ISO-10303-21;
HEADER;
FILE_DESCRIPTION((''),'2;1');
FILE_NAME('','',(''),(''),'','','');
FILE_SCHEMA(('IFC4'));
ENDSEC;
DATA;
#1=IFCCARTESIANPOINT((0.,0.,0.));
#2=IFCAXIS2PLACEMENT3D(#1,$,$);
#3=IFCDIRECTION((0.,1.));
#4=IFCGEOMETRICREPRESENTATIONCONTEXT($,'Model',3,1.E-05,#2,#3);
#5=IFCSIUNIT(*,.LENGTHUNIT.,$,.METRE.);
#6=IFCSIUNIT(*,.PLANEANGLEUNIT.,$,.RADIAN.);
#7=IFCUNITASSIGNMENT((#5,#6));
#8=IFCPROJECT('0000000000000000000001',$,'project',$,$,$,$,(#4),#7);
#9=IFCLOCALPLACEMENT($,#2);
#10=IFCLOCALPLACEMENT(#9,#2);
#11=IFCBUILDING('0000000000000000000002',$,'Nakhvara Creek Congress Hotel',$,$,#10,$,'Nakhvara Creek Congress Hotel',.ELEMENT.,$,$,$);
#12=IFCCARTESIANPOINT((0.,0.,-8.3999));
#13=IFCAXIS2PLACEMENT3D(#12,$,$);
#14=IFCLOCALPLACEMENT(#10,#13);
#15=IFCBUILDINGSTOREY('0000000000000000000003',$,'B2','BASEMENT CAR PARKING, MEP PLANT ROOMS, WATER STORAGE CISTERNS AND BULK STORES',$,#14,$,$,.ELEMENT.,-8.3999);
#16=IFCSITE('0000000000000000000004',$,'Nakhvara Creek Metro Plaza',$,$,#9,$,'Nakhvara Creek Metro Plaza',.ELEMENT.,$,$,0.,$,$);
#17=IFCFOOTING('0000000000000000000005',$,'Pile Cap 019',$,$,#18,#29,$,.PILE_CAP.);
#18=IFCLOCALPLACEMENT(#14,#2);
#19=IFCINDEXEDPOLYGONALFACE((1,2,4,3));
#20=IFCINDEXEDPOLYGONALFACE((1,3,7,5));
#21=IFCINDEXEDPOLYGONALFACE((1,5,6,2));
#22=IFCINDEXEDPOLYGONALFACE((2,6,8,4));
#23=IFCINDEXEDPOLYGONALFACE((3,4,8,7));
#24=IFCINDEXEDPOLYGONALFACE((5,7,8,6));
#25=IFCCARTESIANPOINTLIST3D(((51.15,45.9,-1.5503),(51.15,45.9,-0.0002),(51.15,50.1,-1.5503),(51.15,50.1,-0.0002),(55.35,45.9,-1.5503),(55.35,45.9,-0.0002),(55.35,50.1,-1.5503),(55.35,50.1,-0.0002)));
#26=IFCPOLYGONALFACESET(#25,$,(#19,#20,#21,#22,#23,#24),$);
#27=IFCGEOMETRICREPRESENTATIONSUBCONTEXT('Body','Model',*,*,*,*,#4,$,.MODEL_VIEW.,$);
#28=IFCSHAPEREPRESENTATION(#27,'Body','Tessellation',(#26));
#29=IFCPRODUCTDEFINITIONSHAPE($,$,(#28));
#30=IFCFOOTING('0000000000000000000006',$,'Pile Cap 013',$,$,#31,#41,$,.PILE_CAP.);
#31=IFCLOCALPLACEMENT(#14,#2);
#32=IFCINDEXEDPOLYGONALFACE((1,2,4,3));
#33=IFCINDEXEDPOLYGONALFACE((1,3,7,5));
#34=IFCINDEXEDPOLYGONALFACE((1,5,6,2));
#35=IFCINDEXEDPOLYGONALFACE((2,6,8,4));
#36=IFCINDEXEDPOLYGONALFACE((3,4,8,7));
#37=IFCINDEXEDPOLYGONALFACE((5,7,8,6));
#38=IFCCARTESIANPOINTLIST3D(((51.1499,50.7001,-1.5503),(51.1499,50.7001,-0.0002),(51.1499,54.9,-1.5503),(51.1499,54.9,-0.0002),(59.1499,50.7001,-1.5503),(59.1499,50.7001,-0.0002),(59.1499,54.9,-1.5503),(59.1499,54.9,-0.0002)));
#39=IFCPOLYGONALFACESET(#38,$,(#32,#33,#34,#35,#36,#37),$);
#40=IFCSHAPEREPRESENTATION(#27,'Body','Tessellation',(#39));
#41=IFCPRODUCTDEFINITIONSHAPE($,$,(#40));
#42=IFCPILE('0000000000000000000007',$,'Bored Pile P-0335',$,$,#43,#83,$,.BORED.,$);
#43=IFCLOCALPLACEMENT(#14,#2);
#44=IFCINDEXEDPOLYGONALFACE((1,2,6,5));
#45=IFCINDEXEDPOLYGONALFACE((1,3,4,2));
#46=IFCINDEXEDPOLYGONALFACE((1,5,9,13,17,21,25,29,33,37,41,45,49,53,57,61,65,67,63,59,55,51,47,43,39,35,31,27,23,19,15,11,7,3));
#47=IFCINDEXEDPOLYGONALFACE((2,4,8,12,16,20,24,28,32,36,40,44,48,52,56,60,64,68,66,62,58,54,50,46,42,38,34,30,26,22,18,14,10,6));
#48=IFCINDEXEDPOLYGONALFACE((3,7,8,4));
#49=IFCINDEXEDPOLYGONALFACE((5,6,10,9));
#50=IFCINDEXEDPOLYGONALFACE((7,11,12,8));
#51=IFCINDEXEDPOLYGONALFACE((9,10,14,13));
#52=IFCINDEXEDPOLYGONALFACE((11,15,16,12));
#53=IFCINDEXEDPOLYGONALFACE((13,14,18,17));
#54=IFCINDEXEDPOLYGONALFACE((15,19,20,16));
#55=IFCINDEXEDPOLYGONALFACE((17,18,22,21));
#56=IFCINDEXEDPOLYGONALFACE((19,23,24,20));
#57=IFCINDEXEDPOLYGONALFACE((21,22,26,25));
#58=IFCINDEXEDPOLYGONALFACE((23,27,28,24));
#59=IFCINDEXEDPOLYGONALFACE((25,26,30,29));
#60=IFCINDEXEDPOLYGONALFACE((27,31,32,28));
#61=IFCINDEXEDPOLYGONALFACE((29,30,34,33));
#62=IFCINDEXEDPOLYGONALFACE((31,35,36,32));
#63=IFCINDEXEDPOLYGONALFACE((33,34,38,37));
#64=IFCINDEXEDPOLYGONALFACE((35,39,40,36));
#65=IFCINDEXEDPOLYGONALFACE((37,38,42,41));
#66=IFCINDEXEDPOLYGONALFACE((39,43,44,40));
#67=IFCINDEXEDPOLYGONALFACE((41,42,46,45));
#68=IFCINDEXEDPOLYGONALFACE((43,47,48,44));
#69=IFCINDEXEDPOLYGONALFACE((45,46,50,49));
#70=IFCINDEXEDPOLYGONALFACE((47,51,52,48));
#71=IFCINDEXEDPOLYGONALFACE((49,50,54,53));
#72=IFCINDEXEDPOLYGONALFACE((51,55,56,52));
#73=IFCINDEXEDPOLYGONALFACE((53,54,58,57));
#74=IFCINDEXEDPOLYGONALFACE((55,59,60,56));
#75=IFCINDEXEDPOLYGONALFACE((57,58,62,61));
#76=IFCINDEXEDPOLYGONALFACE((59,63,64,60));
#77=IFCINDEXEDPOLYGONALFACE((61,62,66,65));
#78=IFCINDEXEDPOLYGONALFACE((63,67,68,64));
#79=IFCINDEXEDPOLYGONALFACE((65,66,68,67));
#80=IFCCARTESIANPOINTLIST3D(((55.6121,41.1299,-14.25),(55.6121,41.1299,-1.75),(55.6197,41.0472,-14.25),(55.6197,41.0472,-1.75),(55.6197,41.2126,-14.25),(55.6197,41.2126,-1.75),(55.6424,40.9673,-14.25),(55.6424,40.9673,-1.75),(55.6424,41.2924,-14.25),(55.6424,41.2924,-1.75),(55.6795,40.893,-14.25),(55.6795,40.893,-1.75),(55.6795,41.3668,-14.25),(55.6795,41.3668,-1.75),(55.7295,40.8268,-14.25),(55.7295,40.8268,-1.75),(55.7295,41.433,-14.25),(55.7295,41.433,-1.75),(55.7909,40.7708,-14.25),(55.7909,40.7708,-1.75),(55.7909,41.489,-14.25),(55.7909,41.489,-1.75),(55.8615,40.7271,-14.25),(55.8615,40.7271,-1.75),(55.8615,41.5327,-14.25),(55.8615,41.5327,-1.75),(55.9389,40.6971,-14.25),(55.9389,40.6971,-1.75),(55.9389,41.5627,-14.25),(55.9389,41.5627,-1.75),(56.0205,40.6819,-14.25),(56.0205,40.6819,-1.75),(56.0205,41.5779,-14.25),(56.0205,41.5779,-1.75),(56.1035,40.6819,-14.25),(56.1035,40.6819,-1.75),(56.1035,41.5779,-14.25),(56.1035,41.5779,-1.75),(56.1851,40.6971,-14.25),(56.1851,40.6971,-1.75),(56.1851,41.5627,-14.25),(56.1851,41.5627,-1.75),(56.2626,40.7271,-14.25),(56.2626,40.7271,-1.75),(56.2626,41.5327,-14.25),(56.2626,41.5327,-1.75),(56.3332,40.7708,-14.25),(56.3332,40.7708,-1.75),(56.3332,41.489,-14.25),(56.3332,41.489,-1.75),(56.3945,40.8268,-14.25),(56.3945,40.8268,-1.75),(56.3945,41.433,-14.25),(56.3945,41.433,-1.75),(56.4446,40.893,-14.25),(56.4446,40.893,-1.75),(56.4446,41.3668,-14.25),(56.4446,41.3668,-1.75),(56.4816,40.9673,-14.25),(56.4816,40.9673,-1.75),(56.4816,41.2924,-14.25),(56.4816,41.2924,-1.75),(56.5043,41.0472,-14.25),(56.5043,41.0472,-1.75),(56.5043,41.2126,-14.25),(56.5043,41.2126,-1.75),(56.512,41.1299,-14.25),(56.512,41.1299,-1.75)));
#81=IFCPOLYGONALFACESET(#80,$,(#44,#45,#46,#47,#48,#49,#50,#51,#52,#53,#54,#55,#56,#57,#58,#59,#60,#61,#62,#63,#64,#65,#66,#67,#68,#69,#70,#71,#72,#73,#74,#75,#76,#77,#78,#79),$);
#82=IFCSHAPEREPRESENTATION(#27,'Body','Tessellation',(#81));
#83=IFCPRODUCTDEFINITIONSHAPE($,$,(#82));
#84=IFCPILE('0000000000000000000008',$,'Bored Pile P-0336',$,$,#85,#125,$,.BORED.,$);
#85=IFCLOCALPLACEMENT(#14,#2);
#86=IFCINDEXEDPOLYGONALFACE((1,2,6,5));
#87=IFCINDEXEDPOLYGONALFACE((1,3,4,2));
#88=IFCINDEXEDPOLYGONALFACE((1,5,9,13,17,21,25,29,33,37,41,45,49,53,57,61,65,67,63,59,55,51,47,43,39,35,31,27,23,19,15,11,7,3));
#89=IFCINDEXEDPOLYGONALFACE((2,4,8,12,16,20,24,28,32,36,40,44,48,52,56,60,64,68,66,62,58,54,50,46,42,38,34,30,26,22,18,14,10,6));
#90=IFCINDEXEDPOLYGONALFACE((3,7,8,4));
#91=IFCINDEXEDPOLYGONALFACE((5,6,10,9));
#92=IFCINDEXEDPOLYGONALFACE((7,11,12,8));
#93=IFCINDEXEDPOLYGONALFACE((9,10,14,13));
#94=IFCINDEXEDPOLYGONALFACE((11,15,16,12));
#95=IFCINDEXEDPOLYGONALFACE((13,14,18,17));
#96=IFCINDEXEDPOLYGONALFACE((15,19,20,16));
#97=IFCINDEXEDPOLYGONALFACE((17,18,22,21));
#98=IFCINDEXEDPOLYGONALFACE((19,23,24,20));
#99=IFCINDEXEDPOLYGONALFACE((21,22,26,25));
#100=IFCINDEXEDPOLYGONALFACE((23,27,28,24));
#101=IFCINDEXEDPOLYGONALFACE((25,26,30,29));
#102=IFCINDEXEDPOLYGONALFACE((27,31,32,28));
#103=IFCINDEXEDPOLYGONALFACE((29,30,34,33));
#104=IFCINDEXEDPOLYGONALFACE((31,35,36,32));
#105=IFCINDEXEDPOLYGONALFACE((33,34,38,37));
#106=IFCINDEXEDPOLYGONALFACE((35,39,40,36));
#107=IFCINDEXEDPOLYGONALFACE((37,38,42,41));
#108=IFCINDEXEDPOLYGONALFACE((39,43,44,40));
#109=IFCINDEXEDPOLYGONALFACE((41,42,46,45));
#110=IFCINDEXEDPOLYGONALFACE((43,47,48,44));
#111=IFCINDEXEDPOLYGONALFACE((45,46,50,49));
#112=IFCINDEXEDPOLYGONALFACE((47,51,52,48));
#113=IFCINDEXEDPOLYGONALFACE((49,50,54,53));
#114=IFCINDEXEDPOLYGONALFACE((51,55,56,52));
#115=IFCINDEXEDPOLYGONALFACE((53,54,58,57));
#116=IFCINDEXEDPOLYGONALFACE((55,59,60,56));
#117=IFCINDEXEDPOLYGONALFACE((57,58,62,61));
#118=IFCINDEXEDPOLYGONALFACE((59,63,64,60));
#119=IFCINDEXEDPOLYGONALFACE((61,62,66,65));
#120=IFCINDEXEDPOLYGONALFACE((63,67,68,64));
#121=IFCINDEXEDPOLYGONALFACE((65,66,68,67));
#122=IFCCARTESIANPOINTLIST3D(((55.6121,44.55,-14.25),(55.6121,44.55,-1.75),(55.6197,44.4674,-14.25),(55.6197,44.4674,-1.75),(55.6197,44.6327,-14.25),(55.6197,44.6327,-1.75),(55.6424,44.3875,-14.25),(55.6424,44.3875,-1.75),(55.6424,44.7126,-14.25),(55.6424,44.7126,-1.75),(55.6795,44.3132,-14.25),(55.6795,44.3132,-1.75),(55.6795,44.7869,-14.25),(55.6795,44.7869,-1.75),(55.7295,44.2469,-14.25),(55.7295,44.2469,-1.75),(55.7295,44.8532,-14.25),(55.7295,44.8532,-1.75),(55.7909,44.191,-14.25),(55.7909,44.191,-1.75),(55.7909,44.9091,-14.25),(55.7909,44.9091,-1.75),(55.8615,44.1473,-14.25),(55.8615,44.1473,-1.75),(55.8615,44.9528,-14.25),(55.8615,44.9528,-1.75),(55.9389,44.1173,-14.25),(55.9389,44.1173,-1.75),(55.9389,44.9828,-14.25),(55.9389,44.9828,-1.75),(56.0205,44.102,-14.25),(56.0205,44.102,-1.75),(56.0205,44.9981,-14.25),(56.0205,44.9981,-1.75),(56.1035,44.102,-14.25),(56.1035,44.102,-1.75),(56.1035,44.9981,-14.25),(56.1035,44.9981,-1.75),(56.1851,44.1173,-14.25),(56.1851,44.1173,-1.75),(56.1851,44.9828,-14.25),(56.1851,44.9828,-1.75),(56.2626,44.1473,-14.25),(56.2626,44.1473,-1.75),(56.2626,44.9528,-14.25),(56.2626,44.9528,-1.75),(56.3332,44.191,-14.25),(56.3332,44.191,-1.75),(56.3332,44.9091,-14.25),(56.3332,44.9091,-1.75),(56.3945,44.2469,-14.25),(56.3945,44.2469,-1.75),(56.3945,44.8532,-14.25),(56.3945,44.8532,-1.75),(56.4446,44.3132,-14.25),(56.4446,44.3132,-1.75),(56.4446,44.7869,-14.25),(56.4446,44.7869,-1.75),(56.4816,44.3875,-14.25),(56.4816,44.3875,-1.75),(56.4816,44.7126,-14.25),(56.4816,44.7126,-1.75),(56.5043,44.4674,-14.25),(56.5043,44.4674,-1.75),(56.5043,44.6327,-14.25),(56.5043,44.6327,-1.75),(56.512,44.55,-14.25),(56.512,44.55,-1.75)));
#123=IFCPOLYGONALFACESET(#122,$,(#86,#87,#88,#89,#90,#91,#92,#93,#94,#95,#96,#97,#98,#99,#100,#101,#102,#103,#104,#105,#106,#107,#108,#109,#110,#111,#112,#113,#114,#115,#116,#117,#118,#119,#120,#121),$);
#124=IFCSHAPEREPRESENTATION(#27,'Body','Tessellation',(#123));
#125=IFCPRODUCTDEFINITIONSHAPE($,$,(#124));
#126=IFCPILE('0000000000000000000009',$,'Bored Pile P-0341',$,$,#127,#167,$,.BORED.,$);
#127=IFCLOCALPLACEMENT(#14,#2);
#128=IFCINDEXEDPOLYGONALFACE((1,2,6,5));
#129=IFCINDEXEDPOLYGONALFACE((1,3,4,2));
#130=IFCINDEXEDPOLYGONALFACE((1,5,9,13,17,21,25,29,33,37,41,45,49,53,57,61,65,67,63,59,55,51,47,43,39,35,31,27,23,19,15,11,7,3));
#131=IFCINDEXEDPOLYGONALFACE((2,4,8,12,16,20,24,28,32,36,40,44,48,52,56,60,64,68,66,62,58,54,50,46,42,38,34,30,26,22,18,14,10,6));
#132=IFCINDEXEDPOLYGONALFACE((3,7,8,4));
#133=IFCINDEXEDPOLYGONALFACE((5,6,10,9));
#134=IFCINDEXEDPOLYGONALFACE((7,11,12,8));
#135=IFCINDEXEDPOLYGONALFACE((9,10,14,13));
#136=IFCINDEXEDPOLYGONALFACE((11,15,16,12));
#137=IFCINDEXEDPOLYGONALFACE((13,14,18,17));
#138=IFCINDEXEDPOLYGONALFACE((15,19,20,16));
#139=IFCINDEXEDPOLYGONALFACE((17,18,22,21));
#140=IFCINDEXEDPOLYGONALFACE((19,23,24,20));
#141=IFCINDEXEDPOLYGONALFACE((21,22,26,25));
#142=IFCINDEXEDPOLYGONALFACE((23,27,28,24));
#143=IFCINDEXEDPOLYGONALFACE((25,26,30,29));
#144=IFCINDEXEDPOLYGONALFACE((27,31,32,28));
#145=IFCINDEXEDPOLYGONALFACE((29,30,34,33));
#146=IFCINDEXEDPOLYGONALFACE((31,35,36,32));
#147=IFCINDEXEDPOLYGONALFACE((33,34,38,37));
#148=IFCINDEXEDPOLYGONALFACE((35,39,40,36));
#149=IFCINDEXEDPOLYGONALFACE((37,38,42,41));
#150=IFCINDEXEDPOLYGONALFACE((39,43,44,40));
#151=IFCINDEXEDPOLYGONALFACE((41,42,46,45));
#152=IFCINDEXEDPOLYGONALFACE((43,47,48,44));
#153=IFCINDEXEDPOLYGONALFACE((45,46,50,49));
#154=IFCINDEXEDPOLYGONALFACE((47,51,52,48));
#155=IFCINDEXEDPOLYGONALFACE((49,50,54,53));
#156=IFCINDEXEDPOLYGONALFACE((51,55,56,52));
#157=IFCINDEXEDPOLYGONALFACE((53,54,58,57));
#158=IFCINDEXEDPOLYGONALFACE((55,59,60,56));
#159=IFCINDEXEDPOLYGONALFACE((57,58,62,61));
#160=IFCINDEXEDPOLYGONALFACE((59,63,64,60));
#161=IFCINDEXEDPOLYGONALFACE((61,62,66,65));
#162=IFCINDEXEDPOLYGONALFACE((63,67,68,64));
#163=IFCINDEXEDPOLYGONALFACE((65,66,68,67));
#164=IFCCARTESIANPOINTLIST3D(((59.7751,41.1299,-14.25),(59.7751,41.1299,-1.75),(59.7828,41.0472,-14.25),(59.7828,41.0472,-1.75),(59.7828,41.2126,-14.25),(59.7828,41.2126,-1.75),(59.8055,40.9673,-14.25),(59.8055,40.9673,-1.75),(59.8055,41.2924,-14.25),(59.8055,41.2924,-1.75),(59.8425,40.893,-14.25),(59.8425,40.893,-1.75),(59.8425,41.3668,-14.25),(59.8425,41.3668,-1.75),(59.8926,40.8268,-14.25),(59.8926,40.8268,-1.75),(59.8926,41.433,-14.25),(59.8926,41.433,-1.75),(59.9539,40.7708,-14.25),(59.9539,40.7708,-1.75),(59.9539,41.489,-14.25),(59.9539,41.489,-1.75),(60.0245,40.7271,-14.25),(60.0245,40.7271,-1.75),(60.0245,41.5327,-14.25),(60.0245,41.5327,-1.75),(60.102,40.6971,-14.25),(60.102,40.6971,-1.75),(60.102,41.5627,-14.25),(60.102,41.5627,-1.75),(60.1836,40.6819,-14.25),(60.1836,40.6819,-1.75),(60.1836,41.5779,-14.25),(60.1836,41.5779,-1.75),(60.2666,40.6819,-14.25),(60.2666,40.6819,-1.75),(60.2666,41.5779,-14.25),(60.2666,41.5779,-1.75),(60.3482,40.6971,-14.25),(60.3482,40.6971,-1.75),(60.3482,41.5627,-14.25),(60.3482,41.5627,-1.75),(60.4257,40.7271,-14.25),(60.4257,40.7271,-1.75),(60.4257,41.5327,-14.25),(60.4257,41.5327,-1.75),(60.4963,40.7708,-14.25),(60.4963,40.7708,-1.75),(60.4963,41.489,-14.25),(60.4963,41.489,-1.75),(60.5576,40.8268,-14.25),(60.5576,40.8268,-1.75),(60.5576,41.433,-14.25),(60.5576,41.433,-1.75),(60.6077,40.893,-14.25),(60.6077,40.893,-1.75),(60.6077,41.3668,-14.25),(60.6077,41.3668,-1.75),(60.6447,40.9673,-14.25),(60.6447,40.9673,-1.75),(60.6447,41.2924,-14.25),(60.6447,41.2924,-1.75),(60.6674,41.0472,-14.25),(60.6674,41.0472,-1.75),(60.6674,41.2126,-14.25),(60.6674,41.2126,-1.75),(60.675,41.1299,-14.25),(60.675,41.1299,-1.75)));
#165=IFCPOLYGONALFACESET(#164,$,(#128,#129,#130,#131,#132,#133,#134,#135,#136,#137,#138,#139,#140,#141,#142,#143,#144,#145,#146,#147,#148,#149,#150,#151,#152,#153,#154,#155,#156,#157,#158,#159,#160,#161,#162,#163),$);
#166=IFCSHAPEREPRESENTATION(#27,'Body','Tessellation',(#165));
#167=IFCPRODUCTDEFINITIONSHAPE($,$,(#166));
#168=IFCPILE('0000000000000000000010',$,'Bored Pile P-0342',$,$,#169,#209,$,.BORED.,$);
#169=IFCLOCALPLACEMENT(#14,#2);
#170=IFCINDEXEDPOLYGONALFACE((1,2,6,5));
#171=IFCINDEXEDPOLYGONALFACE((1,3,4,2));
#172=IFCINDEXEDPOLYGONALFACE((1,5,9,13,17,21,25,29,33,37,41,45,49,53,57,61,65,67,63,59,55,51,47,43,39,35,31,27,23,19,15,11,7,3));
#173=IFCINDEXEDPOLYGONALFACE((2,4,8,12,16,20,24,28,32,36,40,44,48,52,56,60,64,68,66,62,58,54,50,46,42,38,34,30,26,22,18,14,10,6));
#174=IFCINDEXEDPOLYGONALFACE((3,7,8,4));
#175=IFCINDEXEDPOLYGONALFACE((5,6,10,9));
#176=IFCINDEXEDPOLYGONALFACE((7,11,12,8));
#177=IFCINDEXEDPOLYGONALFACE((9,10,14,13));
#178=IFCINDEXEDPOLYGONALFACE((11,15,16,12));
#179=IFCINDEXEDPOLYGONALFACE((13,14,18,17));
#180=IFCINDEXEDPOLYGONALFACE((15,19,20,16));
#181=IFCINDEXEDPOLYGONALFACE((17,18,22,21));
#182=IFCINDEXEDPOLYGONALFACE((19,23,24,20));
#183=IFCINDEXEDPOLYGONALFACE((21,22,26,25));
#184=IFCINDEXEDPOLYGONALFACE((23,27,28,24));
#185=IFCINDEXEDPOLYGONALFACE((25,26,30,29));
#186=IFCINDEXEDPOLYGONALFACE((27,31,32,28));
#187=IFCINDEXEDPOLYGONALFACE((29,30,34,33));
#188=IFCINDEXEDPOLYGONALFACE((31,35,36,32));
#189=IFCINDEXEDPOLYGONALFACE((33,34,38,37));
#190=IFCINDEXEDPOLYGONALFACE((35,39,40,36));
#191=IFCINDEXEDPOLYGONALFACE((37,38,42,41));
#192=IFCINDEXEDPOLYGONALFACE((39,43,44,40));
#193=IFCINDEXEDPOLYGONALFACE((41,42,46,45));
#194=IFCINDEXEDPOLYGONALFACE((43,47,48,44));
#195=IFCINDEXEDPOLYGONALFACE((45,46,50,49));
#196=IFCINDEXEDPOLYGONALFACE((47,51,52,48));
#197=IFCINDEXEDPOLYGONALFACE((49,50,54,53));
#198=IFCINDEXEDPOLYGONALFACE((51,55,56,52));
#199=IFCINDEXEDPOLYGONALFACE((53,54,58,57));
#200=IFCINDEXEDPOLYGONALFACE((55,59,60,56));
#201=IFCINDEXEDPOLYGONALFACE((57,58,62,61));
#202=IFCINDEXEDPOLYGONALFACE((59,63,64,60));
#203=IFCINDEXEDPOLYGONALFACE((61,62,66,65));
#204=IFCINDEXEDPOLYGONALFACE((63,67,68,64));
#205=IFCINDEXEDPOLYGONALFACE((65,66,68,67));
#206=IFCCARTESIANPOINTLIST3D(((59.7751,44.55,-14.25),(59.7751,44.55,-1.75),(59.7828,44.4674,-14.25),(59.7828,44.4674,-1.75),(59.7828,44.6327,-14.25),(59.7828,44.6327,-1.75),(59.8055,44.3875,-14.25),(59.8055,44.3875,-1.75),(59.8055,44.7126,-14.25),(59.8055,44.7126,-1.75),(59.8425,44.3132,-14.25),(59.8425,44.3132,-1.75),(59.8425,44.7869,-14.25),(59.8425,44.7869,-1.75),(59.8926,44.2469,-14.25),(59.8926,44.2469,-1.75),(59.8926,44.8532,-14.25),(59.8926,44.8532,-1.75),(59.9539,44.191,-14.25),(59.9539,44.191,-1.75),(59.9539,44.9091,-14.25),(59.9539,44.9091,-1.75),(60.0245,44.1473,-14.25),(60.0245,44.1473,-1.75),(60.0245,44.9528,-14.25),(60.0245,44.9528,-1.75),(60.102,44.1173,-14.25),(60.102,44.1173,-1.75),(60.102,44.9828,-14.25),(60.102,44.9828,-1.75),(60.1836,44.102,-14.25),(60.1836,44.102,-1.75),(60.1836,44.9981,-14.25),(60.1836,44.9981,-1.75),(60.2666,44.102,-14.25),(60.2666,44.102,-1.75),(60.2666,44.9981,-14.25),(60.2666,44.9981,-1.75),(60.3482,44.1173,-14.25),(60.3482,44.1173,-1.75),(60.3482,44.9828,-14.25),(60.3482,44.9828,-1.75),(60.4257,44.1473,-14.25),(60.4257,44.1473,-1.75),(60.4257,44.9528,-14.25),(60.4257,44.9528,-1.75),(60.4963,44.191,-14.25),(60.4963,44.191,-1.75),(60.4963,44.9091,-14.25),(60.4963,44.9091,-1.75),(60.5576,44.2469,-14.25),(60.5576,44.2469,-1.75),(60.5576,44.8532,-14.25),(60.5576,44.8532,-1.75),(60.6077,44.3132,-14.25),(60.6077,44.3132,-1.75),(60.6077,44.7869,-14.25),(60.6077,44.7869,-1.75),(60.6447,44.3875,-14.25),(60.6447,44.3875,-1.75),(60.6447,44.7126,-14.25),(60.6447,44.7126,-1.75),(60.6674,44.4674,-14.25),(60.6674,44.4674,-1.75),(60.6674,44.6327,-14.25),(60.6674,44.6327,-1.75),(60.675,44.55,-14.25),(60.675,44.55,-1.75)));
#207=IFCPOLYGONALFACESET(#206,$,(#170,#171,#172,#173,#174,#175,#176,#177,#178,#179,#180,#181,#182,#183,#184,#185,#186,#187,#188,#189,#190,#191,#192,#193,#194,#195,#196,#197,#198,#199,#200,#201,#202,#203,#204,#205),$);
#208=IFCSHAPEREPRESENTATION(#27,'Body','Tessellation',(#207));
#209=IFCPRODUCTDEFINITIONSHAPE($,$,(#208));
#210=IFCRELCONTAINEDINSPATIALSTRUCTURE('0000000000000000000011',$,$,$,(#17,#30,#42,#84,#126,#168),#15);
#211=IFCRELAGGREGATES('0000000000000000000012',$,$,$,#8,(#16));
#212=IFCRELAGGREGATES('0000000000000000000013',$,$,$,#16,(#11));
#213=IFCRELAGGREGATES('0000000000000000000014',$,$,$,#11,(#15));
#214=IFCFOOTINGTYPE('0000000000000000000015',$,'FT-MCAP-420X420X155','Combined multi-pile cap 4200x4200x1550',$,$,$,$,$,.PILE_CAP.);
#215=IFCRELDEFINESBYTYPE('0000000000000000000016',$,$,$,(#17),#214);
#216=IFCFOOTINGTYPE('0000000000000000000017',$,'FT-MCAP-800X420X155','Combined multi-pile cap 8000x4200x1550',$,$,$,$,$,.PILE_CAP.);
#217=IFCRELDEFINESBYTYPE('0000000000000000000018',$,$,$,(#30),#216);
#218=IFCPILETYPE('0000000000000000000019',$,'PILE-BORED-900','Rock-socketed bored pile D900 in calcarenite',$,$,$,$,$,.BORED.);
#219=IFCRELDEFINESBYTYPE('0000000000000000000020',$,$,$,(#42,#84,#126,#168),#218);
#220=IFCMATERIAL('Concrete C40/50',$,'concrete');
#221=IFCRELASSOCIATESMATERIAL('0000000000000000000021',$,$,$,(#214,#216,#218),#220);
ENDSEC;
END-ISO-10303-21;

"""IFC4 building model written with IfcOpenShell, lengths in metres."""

from ifc_helpers import new_model, si_unit, direction, frame, origin, origin_2d, place, context, subcontext, project, spatial, rectangle, circle, extrude, material, material_profile, profile_set, type_object, element, save


model = new_model("IFC4")

# Units and contexts
model_context = context("Model", 3, precision=1e-05, world=origin(), true_north=direction((0.0, 1.0)))
body_context = subcontext(model_context, "Body", "Model", "MODEL_VIEW")
ifc_project = project(units=[si_unit("LENGTHUNIT", "METRE"), si_unit("PLANEANGLEUNIT", "RADIAN")], contexts=[model_context])

# Site, building, storey
site_placement = place(None, origin())
site = spatial("IfcSite", under=ifc_project, at=site_placement, Name="Nakhvara Creek Metro Plaza", LongName="Nakhvara Creek Metro Plaza", CompositionType="ELEMENT", RefElevation=0.0)
building_placement = place(site_placement, origin())
building = spatial("IfcBuilding", under=site, at=building_placement, Name="Nakhvara Creek Congress Hotel", LongName="Nakhvara Creek Congress Hotel", CompositionType="ELEMENT")
storey_placement = place(building_placement, frame((0.0, 0.0, -8.3999)))
storey = spatial("IfcBuildingStorey", under=building, at=storey_placement, Name="B2", Description="BASEMENT CAR PARKING, MEP PLANT ROOMS, WATER STORAGE CISTERNS AND BULK STORES", CompositionType="ELEMENT", Elevation=-8.3999)

# Footings
ifc_material_1 = material(Name="Concrete C40/50", Category="concrete")
footing_type_1 = type_object("IfcFootingType", Name="FT-MCAP-420X420X155", Description="Combined multi-pile cap 4200x4200x1550", PredefinedType="PILE_CAP", material=ifc_material_1)
footing_1_placement = place(storey_placement, frame((53.25, 48.0, -1.5503), z_axis=(0.0, 0.0, 1.0), x_axis=(1.0, 0.0, 0.0)))
element("IfcFooting", 1, at=footing_1_placement, inside=storey, type_object=footing_type_1, Name="Pile Cap 019", PredefinedType="PILE_CAP", context=body_context, shape_type="SweptSolid", body=[
    extrude(rectangle(XDim=4.2, YDim=4.2, at=origin_2d()), origin(), (0.0, 0.0, 1.0), 1.55),
])
footing_type_2 = type_object("IfcFootingType", Name="FT-MCAP-800X420X155", Description="Combined multi-pile cap 8000x4200x1550", PredefinedType="PILE_CAP", material=ifc_material_1)
footing_2_placement = place(storey_placement, frame((55.1499, 52.8, -1.5503), z_axis=(0.0, 0.0, 1.0), x_axis=(1.0, 0.0, 0.0)))
element("IfcFooting", 2, at=footing_2_placement, inside=storey, type_object=footing_type_2, Name="Pile Cap 013", PredefinedType="PILE_CAP", context=body_context, shape_type="SweptSolid", body=[
    extrude(rectangle(XDim=8.0, YDim=4.2, at=origin_2d()), origin(), (0.0, 0.0, 1.0), 1.55),
])

# Piles
ifc_material_profile_1 = material_profile(ifc_material_1, circle(Radius=0.45, at=origin_2d()), Name="BORED PILE D900", Category="LoadBearing")
ifc_profile_set_1 = profile_set([ifc_material_profile_1], Name="Concrete C40/50")
pile_type = type_object("IfcPileType", Name="PILE-BORED-900", Description="Rock-socketed bored pile D900 in calcarenite", PredefinedType="BORED", material=ifc_profile_set_1)
for number, where, z_axis, x_axis, name in (
    (3, (56.062, 41.1299, -1.75), (0.0, 0.0, -1.0), (1.0, 0.0, 0.0), "Bored Pile P-0335"),
    (4, (56.062, 44.55, -1.75), (0.0, 0.0, -1.0), (1.0, 0.0, 0.0), "Bored Pile P-0336"),
    (5, (60.2251, 41.1299, -1.75), (0.0, 0.0, -1.0), (1.0, 0.0, 0.0), "Bored Pile P-0341"),
    (6, (60.2251, 44.55, -1.75), (0.0, 0.0, -1.0), (1.0, 0.0, 0.0), "Bored Pile P-0342"),
):
    element("IfcPile", number, at=place(storey_placement, frame(where, z_axis=z_axis, x_axis=x_axis)), inside=storey, type_object=pile_type, Name=name, PredefinedType="BORED", context=body_context, shape_type="SweptSolid", body=[
        extrude(circle(Radius=0.45, at=origin_2d()), origin(), (0.0, 0.0, 1.0), 12.5),
    ])

save(model, "model.ifc")
